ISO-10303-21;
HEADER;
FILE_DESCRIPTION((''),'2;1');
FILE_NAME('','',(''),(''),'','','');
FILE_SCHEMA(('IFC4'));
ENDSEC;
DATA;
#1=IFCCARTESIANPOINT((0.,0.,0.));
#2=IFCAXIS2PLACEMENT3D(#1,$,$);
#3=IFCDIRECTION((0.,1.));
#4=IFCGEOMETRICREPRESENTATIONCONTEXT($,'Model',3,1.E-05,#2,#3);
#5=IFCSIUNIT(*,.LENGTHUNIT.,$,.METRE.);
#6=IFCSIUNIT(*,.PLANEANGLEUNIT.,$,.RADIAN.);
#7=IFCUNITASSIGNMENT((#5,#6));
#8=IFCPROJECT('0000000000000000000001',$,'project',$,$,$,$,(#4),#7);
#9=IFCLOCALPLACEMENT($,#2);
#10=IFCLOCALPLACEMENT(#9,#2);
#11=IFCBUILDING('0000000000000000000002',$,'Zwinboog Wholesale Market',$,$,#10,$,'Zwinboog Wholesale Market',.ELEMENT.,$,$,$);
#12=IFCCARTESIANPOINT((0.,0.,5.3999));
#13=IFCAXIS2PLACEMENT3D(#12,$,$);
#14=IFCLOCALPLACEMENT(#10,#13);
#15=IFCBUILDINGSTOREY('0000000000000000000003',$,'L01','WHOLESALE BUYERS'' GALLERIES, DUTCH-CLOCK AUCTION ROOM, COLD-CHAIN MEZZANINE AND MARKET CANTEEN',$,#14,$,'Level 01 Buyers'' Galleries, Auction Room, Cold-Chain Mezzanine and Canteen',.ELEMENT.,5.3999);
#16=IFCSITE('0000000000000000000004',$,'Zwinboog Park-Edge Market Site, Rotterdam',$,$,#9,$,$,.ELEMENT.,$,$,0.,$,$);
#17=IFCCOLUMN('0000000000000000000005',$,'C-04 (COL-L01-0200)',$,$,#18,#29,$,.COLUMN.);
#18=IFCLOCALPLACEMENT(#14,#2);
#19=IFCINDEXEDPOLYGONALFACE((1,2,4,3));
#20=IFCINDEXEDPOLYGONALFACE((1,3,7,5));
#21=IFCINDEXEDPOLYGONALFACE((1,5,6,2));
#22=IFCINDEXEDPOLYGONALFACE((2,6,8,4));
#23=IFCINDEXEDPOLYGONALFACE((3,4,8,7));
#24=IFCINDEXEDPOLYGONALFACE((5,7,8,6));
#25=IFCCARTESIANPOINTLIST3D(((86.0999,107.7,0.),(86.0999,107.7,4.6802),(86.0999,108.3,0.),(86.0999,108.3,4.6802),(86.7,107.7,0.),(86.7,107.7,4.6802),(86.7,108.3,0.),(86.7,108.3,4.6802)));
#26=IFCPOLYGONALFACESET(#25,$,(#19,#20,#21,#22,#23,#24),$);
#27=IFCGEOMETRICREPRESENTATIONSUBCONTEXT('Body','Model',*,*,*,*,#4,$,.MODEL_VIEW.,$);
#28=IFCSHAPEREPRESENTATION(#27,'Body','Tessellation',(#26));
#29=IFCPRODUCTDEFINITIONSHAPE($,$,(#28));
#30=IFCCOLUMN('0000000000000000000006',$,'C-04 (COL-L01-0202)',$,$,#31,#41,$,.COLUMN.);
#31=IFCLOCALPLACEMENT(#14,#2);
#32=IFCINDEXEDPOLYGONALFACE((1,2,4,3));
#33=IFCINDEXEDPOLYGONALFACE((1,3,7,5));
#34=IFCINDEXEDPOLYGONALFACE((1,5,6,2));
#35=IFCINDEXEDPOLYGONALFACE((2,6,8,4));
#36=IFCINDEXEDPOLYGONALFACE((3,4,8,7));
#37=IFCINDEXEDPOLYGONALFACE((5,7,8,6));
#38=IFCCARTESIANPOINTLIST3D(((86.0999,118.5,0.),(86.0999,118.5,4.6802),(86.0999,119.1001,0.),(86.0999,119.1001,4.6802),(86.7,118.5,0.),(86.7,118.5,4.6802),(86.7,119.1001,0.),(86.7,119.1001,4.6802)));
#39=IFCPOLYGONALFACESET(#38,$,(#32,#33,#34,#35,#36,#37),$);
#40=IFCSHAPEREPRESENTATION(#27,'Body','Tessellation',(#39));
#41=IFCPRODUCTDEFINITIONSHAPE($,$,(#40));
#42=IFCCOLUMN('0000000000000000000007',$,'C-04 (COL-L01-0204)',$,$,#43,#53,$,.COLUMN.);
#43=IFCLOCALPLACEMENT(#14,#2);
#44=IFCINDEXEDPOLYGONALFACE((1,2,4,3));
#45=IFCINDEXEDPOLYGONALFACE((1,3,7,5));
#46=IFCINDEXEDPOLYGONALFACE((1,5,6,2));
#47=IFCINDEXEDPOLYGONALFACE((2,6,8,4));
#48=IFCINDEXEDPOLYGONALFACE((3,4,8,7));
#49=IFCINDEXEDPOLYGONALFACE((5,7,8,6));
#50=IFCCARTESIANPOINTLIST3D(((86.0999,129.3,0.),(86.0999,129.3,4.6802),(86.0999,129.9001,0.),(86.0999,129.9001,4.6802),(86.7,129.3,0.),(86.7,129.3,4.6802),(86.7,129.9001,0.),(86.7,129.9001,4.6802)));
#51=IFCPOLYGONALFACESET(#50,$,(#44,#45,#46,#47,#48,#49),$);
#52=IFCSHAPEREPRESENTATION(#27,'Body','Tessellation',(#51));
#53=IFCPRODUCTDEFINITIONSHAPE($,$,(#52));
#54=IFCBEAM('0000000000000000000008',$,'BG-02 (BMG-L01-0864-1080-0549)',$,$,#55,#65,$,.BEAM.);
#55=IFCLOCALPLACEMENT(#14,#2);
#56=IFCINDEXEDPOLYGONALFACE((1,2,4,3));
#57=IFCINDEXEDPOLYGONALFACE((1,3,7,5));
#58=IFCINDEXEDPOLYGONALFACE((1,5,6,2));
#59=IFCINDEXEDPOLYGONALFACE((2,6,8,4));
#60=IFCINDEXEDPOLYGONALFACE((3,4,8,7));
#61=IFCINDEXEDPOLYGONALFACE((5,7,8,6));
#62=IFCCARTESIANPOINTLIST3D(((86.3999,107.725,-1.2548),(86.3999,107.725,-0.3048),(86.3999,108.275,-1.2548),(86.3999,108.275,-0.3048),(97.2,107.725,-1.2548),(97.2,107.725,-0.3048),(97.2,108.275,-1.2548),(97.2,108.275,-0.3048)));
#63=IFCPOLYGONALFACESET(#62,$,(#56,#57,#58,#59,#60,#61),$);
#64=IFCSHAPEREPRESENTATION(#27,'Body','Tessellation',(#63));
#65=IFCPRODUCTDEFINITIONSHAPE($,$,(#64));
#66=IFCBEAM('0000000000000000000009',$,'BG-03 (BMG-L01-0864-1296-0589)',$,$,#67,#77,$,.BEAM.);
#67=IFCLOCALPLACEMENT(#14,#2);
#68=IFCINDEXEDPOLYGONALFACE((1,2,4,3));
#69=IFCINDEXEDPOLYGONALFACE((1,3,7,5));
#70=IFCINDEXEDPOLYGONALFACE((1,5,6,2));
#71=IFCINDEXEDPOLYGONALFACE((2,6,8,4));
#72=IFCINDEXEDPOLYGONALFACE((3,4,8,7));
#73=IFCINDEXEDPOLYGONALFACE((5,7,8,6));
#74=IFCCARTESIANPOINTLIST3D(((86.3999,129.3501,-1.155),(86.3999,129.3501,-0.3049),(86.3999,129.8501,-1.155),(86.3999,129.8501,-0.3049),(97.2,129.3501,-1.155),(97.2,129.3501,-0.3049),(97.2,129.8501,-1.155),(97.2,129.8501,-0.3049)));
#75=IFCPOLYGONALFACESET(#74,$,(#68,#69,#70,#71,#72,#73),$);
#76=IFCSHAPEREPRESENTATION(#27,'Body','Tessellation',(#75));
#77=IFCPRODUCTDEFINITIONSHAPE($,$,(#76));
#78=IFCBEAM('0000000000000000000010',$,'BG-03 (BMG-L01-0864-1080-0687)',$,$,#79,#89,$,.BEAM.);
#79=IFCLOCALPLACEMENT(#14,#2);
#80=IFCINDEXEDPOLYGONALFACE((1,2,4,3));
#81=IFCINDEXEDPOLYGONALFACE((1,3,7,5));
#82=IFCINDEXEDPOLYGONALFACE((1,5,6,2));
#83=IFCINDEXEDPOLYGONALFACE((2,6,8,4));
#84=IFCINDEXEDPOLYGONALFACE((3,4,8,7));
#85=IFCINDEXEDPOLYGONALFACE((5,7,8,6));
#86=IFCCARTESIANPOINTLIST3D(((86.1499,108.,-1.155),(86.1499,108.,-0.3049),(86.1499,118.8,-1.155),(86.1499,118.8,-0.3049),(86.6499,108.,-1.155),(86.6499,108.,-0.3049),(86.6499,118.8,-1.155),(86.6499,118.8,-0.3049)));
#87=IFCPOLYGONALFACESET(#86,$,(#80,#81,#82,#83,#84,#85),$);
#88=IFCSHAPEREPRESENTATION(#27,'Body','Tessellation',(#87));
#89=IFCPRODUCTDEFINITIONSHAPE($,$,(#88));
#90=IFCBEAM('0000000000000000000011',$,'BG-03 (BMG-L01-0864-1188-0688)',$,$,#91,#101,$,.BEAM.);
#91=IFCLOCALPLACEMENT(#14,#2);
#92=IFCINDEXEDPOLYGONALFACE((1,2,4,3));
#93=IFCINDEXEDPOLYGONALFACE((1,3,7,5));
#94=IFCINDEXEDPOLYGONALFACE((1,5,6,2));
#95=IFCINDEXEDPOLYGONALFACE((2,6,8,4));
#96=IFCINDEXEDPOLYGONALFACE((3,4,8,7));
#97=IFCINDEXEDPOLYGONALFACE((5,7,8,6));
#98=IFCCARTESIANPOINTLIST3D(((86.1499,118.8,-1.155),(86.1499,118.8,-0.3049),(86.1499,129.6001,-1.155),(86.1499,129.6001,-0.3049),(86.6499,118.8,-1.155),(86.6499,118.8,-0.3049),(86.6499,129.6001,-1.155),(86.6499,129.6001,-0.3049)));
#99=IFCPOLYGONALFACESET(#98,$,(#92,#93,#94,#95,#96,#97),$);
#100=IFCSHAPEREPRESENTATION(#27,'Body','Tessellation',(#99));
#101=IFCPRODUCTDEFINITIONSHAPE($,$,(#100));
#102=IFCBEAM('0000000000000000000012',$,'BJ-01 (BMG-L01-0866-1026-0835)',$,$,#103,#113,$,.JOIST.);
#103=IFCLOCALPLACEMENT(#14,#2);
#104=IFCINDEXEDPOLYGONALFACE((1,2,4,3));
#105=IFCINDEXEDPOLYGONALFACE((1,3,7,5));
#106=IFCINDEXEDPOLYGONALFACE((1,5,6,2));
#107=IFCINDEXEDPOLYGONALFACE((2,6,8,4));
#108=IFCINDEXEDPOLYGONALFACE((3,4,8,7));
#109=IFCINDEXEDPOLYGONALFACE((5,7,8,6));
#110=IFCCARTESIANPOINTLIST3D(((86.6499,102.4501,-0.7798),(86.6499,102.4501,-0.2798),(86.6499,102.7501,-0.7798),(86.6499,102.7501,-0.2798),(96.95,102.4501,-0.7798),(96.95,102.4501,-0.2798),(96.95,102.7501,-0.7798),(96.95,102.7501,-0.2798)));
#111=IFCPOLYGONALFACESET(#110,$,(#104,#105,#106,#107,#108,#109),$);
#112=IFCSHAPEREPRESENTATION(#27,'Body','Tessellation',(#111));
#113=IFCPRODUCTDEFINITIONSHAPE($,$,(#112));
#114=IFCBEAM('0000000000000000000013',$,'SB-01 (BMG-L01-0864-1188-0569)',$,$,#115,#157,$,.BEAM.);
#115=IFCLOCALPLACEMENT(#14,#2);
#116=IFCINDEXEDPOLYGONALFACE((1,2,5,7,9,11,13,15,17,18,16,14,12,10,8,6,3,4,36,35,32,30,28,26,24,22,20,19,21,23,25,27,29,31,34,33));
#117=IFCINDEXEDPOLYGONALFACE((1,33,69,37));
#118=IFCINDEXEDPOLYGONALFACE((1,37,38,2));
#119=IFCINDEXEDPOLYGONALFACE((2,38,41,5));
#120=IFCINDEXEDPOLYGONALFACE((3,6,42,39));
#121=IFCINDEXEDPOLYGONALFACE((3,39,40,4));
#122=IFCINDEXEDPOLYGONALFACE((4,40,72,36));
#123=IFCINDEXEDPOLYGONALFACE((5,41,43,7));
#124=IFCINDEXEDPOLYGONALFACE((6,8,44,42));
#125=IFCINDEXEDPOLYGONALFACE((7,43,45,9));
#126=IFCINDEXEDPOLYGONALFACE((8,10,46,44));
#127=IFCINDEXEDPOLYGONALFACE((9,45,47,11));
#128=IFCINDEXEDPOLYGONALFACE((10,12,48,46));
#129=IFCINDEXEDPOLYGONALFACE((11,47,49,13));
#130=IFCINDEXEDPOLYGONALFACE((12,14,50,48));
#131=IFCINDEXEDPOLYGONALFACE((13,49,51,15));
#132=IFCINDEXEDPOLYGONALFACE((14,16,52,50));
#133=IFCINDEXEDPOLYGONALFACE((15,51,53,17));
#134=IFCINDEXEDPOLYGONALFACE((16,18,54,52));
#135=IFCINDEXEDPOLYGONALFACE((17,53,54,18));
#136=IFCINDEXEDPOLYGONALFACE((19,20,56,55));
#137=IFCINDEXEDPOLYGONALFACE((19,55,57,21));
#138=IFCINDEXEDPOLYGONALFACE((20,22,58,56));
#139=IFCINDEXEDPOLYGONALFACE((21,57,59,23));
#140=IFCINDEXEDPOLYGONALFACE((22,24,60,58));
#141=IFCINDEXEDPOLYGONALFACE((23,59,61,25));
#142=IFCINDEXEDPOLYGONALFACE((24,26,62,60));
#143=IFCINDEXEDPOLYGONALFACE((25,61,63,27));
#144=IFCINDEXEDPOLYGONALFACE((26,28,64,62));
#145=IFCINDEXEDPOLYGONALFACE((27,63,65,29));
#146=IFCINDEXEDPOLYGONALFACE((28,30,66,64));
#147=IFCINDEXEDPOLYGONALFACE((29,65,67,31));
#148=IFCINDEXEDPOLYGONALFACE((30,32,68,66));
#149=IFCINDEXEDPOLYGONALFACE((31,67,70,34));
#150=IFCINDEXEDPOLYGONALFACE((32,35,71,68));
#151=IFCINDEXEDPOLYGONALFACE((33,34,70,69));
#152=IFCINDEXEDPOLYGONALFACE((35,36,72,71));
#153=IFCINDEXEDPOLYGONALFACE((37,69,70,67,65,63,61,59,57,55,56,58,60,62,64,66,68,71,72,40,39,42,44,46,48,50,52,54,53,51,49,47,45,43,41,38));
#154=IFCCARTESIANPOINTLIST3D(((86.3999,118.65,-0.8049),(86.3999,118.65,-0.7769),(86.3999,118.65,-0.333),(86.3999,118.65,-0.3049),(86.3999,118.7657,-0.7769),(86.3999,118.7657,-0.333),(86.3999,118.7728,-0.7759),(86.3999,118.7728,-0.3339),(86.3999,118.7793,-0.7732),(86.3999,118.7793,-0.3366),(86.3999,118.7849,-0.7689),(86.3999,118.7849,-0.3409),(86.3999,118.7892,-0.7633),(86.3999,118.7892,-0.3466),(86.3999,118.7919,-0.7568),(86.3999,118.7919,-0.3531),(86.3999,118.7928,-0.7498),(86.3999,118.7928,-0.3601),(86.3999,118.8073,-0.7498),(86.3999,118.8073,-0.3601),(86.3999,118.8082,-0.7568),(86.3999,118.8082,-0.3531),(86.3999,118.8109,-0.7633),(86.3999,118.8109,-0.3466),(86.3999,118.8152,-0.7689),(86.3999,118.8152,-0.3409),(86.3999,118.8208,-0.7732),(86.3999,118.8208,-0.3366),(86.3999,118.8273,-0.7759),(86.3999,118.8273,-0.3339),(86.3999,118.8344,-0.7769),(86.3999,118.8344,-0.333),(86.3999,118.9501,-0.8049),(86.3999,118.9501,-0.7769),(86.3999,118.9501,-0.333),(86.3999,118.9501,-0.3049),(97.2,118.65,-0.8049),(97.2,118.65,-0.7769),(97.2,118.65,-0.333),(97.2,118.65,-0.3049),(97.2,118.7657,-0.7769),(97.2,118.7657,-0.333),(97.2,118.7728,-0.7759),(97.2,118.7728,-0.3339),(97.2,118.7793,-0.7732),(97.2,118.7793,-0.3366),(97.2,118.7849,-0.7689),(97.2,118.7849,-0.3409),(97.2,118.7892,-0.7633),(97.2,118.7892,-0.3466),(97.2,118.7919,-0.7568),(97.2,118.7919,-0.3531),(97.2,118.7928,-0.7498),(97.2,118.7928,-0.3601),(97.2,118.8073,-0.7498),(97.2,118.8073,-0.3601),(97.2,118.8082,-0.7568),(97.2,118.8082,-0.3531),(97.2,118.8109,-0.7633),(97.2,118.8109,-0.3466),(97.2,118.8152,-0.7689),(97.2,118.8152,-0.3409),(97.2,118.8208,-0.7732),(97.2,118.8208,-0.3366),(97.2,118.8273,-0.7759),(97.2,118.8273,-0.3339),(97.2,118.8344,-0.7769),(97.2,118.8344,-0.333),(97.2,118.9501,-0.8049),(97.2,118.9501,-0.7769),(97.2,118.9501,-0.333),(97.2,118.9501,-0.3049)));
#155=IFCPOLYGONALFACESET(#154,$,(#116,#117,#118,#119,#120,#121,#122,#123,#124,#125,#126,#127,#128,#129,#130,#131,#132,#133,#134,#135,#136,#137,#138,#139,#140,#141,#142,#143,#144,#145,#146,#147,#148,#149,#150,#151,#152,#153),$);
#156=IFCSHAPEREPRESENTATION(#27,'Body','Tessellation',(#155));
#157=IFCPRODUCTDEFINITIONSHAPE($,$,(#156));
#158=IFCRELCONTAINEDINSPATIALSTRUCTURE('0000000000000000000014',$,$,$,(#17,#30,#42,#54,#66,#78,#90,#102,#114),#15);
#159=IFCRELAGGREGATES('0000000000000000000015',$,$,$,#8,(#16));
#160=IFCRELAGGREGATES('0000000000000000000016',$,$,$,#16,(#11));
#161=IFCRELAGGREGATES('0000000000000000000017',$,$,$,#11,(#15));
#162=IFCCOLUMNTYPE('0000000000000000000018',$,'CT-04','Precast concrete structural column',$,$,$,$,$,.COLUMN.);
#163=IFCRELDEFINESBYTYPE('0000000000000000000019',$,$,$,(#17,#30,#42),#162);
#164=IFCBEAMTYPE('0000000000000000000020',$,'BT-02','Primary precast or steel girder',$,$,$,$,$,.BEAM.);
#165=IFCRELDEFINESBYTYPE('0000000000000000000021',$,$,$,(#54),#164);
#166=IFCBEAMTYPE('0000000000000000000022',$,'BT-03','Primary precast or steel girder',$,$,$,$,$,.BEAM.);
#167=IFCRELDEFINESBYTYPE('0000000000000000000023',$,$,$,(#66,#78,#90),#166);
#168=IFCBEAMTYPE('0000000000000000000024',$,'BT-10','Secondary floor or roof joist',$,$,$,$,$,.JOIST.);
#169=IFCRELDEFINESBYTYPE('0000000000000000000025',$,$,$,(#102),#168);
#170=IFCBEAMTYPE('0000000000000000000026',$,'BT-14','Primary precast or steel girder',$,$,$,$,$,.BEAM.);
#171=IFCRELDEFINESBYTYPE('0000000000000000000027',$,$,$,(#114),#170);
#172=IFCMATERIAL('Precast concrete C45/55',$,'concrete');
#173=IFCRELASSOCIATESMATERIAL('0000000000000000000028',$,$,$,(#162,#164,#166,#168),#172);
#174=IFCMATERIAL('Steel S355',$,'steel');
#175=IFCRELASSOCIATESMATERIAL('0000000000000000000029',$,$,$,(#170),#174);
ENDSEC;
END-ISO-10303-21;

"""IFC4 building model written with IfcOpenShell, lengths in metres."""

from ifc_helpers import new_model, si_unit, direction, frame, origin, origin_2d, place, context, subcontext, project, spatial, rectangle, i_section, extrude, material, material_profile, profile_set, type_object, element, save


model = new_model("IFC4")

# Units and contexts
model_context = context("Model", 3, precision=1e-05, world=origin(), true_north=direction((0.0, 1.0)))
body_context = subcontext(model_context, "Body", "Model", "MODEL_VIEW")
ifc_project = project(units=[si_unit("LENGTHUNIT", "METRE"), si_unit("PLANEANGLEUNIT", "RADIAN")], contexts=[model_context])

# Site, building, storey
site_placement = place(None, origin())
site = spatial("IfcSite", under=ifc_project, at=site_placement, Name="Zwinboog Park-Edge Market Site, Rotterdam", CompositionType="ELEMENT", RefElevation=0.0)
building_placement = place(site_placement, origin())
building = spatial("IfcBuilding", under=site, at=building_placement, Name="Zwinboog Wholesale Market", LongName="Zwinboog Wholesale Market", CompositionType="ELEMENT")
storey_placement = place(building_placement, frame((0.0, 0.0, 5.3999)))
storey = spatial("IfcBuildingStorey", under=building, at=storey_placement, Name="L01", Description="WHOLESALE BUYERS' GALLERIES, DUTCH-CLOCK AUCTION ROOM, COLD-CHAIN MEZZANINE AND MARKET CANTEEN", LongName="Level 01 Buyers' Galleries, Auction Room, Cold-Chain Mezzanine and Canteen", CompositionType="ELEMENT", Elevation=5.3999)

# Columns
ifc_material_1 = material(Name="Precast concrete C45/55", Category="concrete")
ifc_material_profile_1 = material_profile(ifc_material_1, rectangle(XDim=0.6001, YDim=0.6001, at=origin_2d()), Name="PC 600x600")
ifc_profile_set_1 = profile_set([ifc_material_profile_1], Name="Precast concrete C45/55")
column_type = type_object("IfcColumnType", Name="CT-04", Description="Precast concrete structural column", PredefinedType="COLUMN", material=ifc_profile_set_1)
for number, where, z_axis, x_axis, name in (
    (1, (86.3999, 108.0, 0.0), (0.0, 0.0, 1.0), (1.0, 0.0, 0.0), "C-04 (COL-L01-0200)"),
    (2, (86.3999, 118.8, 0.0), (0.0, 0.0, 1.0), (1.0, 0.0, 0.0), "C-04 (COL-L01-0202)"),
    (3, (86.3999, 129.6001, 0.0), (0.0, 0.0, 1.0), (1.0, 0.0, 0.0), "C-04 (COL-L01-0204)"),
):
    element("IfcColumn", number, at=place(storey_placement, frame(where, z_axis=z_axis, x_axis=x_axis)), inside=storey, type_object=column_type, Name=name, PredefinedType="COLUMN", context=body_context, shape_type="SweptSolid", body=[
        extrude(rectangle(XDim=0.6001, YDim=0.6001, at=origin_2d()), origin(), (0.0, 0.0, 1.0), 4.6802),
    ])

# Beams
ifc_material_profile_2 = material_profile(ifc_material_1, rectangle(XDim=0.55, YDim=0.95, at=origin_2d()), Name="PC 550x950")
ifc_profile_set_2 = profile_set([ifc_material_profile_2], Name="Precast concrete C45/55")
beam_type_1 = type_object("IfcBeamType", Name="BT-02", Description="Primary precast or steel girder", PredefinedType="BEAM", material=ifc_profile_set_2)
beam_1_placement = place(storey_placement, frame((86.3999, 108.0, -0.7798), z_axis=(1.0, 0.0, 0.0), x_axis=(0.0, 1.0, 0.0)))
element("IfcBeam", 4, at=beam_1_placement, inside=storey, type_object=beam_type_1, Name="BG-02 (BMG-L01-0864-1080-0549)", PredefinedType="BEAM", context=body_context, shape_type="SweptSolid", body=[
    extrude(rectangle(XDim=0.55, YDim=0.95, at=origin_2d()), origin(), (0.0, 0.0, 1.0), 10.8),
])
ifc_material_profile_3 = material_profile(ifc_material_1, rectangle(XDim=0.5, YDim=0.8501, at=origin_2d()), Name="PC 500x850")
ifc_profile_set_3 = profile_set([ifc_material_profile_3], Name="Precast concrete C45/55")
beam_type_2 = type_object("IfcBeamType", Name="BT-03", Description="Primary precast or steel girder", PredefinedType="BEAM", material=ifc_profile_set_3)
for number, where, z_axis, x_axis, name in (
    (5, (86.3999, 129.6001, -0.73), (1.0, 0.0, 0.0), (0.0, 1.0, 0.0), "BG-03 (BMG-L01-0864-1296-0589)"),
    (6, (86.3999, 108.0, -0.73), (0.0, 1.0, 0.0), (-1.0, 0.0, 0.0), "BG-03 (BMG-L01-0864-1080-0687)"),
    (7, (86.3999, 118.8, -0.73), (0.0, 1.0, 0.0), (-1.0, 0.0, 0.0), "BG-03 (BMG-L01-0864-1188-0688)"),
):
    element("IfcBeam", number, at=place(storey_placement, frame(where, z_axis=z_axis, x_axis=x_axis)), inside=storey, type_object=beam_type_2, Name=name, PredefinedType="BEAM", context=body_context, shape_type="SweptSolid", body=[
        extrude(rectangle(XDim=0.5, YDim=0.8501, at=origin_2d()), origin(), (0.0, 0.0, 1.0), 10.8),
    ])
ifc_material_profile_4 = material_profile(ifc_material_1, rectangle(XDim=0.3, YDim=0.5, at=origin_2d()), Name="PC 300x500")
ifc_profile_set_4 = profile_set([ifc_material_profile_4], Name="Precast concrete C45/55")
beam_type_3 = type_object("IfcBeamType", Name="BT-10", Description="Secondary floor or roof joist", PredefinedType="JOIST", material=ifc_profile_set_4)
beam_2_placement = place(storey_placement, frame((86.6499, 102.6001, -0.5298), z_axis=(1.0, 0.0, 0.0), x_axis=(0.0, 1.0, 0.0)))
element("IfcBeam", 8, at=beam_2_placement, inside=storey, type_object=beam_type_3, Name="BJ-01 (BMG-L01-0866-1026-0835)", PredefinedType="JOIST", context=body_context, shape_type="SweptSolid", body=[
    extrude(rectangle(XDim=0.3, YDim=0.5, at=origin_2d()), origin(), (0.0, 0.0, 1.0), 10.3),
])
ifc_material_2 = material(Name="Steel S355", Category="steel")
ifc_material_profile_5 = material_profile(ifc_material_2, i_section(OverallWidth=0.3, OverallDepth=0.5, WebThickness=0.0144, FlangeThickness=0.0281, FilletRadius=0.0271, at=origin_2d()), Name="HEB 500")
ifc_profile_set_5 = profile_set([ifc_material_profile_5], Name="Steel S355")
beam_type_4 = type_object("IfcBeamType", Name="BT-14", Description="Primary precast or steel girder", PredefinedType="BEAM", material=ifc_profile_set_5)
beam_3_placement = place(storey_placement, frame((86.3999, 118.8, -0.5549), z_axis=(1.0, 0.0, 0.0), x_axis=(0.0, 1.0, 0.0)))
element("IfcBeam", 9, at=beam_3_placement, inside=storey, type_object=beam_type_4, Name="SB-01 (BMG-L01-0864-1188-0569)", PredefinedType="BEAM", context=body_context, shape_type="SweptSolid", body=[
    extrude(i_section(OverallWidth=0.3, OverallDepth=0.5, WebThickness=0.0144, FlangeThickness=0.0281, FilletRadius=0.0271, at=origin_2d()), origin(), (0.0, 0.0, 1.0), 10.8),
])

save(model, "model.ifc")
